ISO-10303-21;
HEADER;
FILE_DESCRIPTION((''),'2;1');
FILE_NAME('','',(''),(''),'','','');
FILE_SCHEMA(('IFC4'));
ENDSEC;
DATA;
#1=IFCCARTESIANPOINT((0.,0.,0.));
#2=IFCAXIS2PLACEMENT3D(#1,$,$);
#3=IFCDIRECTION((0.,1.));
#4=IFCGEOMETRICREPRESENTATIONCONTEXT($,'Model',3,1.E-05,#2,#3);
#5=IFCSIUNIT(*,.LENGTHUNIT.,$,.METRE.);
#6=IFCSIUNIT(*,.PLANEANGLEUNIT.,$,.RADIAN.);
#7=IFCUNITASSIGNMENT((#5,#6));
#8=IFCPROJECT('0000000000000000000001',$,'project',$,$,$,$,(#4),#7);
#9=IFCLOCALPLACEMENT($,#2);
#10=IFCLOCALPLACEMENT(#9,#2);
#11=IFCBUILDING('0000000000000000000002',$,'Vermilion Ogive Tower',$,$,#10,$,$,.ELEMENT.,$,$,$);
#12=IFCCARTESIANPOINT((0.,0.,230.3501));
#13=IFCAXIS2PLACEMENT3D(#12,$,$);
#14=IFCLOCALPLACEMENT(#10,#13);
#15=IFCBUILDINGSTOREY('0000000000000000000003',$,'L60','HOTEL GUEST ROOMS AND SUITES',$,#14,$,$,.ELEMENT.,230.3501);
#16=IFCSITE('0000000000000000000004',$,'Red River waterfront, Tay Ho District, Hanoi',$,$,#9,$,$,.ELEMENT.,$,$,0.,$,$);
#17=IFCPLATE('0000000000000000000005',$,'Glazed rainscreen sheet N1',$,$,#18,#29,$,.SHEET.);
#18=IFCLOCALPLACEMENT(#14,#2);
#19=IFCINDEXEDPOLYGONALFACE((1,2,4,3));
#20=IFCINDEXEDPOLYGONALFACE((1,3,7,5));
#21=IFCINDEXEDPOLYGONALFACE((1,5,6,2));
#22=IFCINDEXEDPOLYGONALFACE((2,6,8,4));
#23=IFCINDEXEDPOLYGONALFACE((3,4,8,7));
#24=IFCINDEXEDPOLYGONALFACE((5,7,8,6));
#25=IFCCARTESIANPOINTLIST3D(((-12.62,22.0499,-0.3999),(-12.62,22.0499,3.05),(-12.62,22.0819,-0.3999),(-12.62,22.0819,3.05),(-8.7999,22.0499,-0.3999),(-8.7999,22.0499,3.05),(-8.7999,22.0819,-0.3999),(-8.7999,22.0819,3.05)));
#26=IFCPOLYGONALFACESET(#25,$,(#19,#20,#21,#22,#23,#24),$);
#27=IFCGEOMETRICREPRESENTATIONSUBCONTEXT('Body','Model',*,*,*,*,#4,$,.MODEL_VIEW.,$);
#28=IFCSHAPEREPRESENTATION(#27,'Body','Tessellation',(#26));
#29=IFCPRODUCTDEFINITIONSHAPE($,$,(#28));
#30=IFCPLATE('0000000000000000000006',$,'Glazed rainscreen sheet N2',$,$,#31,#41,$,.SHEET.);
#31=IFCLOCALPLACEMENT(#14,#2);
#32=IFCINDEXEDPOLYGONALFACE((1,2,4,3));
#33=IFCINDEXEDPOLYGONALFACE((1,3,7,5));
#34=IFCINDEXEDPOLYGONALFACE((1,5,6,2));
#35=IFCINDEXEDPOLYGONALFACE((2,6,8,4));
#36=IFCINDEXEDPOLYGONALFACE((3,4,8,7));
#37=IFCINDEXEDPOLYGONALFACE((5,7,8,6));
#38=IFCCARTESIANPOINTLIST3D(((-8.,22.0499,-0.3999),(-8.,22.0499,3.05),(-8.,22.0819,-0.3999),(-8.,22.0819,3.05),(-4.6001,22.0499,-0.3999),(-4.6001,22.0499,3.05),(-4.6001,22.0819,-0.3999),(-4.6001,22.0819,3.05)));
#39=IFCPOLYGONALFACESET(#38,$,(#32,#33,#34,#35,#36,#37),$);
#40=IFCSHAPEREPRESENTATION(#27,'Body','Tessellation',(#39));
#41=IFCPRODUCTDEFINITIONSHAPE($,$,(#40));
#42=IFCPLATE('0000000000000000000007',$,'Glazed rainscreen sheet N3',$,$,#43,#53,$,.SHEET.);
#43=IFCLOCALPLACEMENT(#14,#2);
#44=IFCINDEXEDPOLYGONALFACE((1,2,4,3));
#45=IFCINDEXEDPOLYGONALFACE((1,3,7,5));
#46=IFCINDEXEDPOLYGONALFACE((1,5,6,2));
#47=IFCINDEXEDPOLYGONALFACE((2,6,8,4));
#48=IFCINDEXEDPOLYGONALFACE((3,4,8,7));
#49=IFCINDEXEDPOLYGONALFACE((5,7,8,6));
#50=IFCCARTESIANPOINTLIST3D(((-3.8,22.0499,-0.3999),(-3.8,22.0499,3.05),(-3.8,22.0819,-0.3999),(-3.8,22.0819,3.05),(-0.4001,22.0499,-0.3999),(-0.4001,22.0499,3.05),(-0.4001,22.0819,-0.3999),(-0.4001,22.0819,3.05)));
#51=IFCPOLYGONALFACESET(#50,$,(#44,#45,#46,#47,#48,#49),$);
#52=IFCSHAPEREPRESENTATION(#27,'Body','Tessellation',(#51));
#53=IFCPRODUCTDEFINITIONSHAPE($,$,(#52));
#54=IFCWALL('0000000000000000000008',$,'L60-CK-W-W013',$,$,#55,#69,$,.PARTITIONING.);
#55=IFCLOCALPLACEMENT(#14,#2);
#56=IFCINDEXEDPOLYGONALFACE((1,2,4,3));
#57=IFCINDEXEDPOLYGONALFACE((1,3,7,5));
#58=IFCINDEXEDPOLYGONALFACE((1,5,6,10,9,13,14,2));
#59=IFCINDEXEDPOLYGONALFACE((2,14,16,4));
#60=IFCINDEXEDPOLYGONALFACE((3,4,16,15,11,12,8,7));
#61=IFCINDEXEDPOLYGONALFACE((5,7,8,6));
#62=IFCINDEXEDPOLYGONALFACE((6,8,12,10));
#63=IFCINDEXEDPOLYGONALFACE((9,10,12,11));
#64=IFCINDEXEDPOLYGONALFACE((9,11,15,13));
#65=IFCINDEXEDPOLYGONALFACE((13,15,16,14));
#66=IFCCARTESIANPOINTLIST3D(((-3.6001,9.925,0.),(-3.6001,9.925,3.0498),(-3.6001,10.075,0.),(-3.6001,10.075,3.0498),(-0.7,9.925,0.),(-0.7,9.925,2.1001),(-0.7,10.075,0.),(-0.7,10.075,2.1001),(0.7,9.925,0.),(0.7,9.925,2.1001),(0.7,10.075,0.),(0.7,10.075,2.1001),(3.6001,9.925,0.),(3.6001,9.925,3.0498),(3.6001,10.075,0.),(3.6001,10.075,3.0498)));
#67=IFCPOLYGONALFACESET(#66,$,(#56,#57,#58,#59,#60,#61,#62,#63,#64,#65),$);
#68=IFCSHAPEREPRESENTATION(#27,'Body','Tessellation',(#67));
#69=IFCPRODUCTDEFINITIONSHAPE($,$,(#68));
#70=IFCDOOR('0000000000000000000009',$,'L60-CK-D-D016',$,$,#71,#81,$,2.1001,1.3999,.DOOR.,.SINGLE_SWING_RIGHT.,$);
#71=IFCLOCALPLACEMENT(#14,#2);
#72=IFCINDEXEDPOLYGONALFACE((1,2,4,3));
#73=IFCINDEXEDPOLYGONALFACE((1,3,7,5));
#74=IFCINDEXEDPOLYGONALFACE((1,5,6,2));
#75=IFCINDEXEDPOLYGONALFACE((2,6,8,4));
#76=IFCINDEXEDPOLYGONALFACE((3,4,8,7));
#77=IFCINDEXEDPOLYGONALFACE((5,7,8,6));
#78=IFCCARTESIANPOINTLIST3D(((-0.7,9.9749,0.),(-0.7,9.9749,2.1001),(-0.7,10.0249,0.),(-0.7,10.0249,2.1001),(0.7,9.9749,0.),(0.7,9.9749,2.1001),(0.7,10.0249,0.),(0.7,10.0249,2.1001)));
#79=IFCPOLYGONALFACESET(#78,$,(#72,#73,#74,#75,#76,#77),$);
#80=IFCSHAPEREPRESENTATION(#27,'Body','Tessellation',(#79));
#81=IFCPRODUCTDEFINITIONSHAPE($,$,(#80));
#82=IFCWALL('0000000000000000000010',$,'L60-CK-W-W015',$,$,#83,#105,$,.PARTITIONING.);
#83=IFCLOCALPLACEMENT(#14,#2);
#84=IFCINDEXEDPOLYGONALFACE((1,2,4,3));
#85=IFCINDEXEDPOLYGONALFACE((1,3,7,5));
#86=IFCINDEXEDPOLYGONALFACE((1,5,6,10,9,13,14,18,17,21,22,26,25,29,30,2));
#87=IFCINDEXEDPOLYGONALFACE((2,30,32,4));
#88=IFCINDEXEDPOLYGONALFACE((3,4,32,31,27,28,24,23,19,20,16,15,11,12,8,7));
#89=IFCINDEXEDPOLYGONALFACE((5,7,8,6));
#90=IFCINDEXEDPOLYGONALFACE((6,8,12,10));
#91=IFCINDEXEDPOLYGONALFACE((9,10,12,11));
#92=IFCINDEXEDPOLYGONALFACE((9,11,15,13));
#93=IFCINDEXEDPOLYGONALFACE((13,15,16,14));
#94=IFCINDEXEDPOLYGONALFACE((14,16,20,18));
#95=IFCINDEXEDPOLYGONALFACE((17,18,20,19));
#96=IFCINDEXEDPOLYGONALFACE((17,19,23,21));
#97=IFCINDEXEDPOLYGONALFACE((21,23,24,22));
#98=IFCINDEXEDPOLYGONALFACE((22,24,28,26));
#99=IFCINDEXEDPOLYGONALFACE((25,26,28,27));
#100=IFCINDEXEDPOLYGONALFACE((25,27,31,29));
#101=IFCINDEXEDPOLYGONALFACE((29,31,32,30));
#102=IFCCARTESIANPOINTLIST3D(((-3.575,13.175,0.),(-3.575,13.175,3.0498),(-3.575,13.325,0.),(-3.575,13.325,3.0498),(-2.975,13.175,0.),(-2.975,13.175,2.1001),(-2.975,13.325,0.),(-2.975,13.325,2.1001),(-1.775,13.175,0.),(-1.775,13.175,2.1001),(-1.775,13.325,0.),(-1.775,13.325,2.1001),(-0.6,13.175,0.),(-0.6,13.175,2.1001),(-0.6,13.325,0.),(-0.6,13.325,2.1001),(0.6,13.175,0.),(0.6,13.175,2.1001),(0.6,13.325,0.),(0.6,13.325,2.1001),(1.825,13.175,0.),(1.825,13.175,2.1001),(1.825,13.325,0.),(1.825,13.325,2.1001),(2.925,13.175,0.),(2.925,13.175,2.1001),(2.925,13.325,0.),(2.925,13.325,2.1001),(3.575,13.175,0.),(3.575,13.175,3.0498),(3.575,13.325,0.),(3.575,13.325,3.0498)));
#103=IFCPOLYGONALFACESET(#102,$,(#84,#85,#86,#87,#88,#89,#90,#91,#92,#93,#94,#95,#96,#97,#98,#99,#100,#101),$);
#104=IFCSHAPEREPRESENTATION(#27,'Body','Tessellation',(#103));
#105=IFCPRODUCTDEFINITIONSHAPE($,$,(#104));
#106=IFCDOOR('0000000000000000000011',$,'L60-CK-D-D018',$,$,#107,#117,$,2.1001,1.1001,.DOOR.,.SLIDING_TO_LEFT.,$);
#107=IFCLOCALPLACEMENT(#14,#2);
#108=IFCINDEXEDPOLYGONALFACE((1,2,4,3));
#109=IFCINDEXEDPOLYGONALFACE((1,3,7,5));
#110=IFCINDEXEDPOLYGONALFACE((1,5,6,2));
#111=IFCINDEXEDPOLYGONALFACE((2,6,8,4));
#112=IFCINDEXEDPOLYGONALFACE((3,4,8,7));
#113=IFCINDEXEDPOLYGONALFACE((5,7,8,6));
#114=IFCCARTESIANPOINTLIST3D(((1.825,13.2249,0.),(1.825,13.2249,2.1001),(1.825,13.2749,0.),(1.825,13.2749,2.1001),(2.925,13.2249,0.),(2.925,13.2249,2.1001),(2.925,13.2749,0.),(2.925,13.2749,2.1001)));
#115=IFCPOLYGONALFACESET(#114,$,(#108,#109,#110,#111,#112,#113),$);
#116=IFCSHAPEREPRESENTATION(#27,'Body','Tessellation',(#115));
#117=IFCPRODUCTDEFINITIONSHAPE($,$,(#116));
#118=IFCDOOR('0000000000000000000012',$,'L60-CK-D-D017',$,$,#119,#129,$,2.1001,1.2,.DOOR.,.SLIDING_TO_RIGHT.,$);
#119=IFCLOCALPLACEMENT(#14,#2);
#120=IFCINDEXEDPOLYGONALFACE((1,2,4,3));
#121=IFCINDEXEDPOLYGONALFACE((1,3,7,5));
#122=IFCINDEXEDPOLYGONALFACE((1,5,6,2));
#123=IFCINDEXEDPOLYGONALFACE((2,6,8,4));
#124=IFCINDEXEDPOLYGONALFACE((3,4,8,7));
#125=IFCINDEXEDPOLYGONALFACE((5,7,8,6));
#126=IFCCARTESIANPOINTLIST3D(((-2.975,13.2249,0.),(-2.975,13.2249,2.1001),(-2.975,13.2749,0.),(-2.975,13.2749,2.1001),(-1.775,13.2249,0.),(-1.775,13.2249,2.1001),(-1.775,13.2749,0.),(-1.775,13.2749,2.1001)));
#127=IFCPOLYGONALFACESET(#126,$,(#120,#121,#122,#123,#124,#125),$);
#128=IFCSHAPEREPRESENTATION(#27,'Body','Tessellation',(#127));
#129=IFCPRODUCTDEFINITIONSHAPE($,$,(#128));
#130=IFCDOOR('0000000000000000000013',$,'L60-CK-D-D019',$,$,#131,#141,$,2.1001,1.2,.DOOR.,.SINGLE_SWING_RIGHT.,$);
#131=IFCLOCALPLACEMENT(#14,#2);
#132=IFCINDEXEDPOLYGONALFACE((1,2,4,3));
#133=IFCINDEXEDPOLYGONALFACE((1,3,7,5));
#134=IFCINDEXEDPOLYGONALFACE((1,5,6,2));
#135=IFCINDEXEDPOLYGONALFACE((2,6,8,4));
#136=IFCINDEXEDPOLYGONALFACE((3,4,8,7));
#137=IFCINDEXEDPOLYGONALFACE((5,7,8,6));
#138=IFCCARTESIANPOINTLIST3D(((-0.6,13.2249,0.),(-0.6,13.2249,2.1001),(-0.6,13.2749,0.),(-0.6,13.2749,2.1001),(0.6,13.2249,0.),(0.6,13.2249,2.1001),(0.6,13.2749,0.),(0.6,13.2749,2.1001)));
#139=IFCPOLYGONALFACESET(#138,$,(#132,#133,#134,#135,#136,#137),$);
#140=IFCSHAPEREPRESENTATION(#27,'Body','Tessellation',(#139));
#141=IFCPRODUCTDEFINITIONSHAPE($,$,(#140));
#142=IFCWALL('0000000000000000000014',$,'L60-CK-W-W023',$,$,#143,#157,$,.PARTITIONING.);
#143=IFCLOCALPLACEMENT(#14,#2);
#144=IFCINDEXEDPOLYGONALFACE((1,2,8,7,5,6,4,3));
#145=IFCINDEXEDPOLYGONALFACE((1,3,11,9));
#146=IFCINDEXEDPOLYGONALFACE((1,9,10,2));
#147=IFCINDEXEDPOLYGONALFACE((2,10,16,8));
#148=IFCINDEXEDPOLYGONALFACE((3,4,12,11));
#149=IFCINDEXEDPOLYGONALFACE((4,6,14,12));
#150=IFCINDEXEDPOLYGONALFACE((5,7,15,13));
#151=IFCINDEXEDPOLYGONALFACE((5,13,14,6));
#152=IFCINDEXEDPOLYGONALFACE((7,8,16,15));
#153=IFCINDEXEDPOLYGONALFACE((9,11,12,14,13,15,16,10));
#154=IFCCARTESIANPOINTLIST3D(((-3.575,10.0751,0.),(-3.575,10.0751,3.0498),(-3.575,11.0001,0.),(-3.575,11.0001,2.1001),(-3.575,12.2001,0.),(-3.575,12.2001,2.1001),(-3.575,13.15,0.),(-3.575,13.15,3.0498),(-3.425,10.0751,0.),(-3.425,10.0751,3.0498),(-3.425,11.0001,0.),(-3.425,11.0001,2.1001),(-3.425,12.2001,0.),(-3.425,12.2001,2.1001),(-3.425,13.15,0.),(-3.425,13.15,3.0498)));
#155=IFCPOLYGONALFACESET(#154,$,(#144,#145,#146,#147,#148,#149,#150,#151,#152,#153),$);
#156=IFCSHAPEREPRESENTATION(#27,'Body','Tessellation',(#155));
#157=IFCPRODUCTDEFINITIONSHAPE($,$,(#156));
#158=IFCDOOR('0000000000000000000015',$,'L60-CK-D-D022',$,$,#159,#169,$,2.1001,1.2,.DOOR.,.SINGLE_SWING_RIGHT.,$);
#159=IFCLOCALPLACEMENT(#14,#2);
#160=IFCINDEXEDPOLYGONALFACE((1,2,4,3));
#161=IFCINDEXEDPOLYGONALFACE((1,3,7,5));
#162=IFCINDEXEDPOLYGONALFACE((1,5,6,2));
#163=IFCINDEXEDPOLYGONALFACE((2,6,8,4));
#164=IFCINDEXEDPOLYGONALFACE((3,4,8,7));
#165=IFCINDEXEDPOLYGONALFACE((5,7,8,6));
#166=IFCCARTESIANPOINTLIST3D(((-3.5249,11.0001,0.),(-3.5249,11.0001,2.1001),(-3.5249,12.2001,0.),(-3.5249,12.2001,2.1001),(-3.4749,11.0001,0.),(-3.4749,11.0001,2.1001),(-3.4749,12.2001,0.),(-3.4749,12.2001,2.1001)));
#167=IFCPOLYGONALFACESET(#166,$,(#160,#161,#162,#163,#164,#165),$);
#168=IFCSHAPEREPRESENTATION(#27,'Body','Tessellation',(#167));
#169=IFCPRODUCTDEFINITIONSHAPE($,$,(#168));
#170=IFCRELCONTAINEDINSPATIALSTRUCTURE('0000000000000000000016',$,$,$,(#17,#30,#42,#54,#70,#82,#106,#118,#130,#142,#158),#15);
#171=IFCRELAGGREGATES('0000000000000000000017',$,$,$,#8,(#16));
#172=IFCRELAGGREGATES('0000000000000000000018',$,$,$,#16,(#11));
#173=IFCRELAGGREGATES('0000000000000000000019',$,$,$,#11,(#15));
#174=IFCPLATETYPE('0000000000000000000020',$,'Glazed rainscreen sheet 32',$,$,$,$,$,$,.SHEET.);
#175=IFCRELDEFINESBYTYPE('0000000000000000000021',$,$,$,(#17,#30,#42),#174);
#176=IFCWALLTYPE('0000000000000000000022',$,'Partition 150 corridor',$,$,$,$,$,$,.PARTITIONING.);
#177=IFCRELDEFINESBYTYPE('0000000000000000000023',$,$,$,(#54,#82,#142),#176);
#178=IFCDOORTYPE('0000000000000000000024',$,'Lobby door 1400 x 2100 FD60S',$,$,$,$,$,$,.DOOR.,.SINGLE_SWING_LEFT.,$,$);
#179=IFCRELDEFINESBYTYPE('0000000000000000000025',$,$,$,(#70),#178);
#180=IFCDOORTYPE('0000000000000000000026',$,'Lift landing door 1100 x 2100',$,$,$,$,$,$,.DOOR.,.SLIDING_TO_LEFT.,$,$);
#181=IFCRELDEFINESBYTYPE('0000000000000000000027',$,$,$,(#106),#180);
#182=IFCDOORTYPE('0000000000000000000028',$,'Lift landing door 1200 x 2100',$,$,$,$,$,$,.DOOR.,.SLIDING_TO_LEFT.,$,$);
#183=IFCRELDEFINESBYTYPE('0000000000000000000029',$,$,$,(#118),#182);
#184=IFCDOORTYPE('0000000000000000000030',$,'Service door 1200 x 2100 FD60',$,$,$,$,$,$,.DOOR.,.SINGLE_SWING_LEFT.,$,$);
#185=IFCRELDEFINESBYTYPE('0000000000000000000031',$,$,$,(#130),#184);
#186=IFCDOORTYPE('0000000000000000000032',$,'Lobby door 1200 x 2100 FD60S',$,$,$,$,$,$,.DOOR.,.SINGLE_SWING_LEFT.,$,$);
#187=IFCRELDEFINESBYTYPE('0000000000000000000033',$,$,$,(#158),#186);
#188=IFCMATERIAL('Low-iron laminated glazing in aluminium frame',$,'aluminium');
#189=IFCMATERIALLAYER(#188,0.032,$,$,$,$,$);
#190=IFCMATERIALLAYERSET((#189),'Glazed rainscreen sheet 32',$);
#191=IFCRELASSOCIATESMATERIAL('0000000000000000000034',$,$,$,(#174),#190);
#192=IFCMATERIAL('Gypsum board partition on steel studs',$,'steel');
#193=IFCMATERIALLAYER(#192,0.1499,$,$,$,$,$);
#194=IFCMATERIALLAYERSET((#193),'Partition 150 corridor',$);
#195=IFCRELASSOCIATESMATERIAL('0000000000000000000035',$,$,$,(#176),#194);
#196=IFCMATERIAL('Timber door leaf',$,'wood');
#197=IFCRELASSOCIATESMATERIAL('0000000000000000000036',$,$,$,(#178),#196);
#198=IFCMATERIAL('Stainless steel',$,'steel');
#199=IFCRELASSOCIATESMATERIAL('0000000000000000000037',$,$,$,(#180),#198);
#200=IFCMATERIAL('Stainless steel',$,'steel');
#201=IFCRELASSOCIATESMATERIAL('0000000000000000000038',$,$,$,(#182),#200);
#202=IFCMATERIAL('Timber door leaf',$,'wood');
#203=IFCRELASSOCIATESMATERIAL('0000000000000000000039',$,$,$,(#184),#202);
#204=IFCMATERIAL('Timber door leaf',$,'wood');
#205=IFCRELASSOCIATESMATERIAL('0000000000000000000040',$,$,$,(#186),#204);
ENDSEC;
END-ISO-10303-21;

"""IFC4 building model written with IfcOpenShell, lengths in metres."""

from ifc_helpers import new_model, si_unit, direction, frame, frame_2d, origin, origin_2d, place, context, subcontext, project, spatial, rectangle, extrude, material, layer, layer_set, type_object, element, fill, save


model = new_model("IFC4")

# Units and contexts
model_context = context("Model", 3, precision=1e-05, world=origin(), true_north=direction((0.0, 1.0)))
body_context = subcontext(model_context, "Body", "Model", "MODEL_VIEW")
ifc_project = project(units=[si_unit("LENGTHUNIT", "METRE"), si_unit("PLANEANGLEUNIT", "RADIAN")], contexts=[model_context])

# Site, building, storey
site_placement = place(None, origin())
site = spatial("IfcSite", under=ifc_project, at=site_placement, Name="Red River waterfront, Tay Ho District, Hanoi", CompositionType="ELEMENT", RefElevation=0.0)
building_placement = place(site_placement, origin())
building = spatial("IfcBuilding", under=site, at=building_placement, Name="Vermilion Ogive Tower", CompositionType="ELEMENT")
storey_placement = place(building_placement, frame((0.0, 0.0, 230.3501)))
storey = spatial("IfcBuildingStorey", under=building, at=storey_placement, Name="L60", Description="HOTEL GUEST ROOMS AND SUITES", CompositionType="ELEMENT", Elevation=230.3501)

# Plates
ifc_material_1 = material(Name="Low-iron laminated glazing in aluminium frame", Category="aluminium")
ifc_layer_1 = layer(ifc_material_1, 0.032)
ifc_layer_set_1 = layer_set([ifc_layer_1], Name="Glazed rainscreen sheet 32")
plate_type = type_object("IfcPlateType", Name="Glazed rainscreen sheet 32", PredefinedType="SHEET", material=ifc_layer_set_1)
plate_placement = place(storey_placement, frame((-10.71, 22.0659, -0.3999), z_axis=(0.0, 0.0, 1.0), x_axis=(1.0, 0.0, 0.0)))
element("IfcPlate", 1, at=plate_placement, inside=storey, type_object=plate_type, Name="Glazed rainscreen sheet N1", PredefinedType="SHEET", context=body_context, shape_type="SweptSolid", body=[
    extrude(rectangle(XDim=3.8201, YDim=0.032, at=origin_2d()), origin(), (0.0, 0.0, 1.0), 3.45),
])
for number, where, z_axis, x_axis, name in (
    (2, (-6.3, 22.0659, -0.3999), (0.0, 0.0, 1.0), (1.0, 0.0, 0.0), "Glazed rainscreen sheet N2"),
    (3, (-2.1001, 22.0659, -0.3999), (0.0, 0.0, 1.0), (1.0, 0.0, 0.0), "Glazed rainscreen sheet N3"),
):
    element("IfcPlate", number, at=place(storey_placement, frame(where, z_axis=z_axis, x_axis=x_axis)), inside=storey, type_object=plate_type, Name=name, PredefinedType="SHEET", context=body_context, shape_type="SweptSolid", body=[
        extrude(rectangle(XDim=3.3999, YDim=0.032, at=origin_2d()), origin(), (0.0, 0.0, 1.0), 3.45),
    ])

# Wall, opening, door
ifc_material_2 = material(Name="Gypsum board partition on steel studs", Category="steel")
ifc_layer_2 = layer(ifc_material_2, 0.1499)
ifc_layer_set_2 = layer_set([ifc_layer_2], Name="Partition 150 corridor")
wall_type_1 = type_object("IfcWallType", Name="Partition 150 corridor", PredefinedType="PARTITIONING", material=ifc_layer_set_2)
wall_1_placement = place(storey_placement, frame((-3.6001, 10.0, 0.0), z_axis=(0.0, 0.0, 1.0), x_axis=(1.0, 0.0, 0.0)))
wall_1 = element("IfcWall", 4, at=wall_1_placement, inside=storey, type_object=wall_type_1, Name="L60-CK-W-W013", PredefinedType="PARTITIONING", context=body_context, shape_type="SweptSolid", body=[
    extrude(rectangle(XDim=7.2002, YDim=0.1499, at=frame_2d((3.6001, 0.0))), origin(), (0.0, 0.0, 1.0), 3.0498),
])
opening_1_placement = place(wall_1_placement, frame((2.9001, 0.0, 0.0)))
opening_1 = element("IfcOpeningElement", 5, at=opening_1_placement, cuts=wall_1, PredefinedType="OPENING", context=body_context, shape_type="SweptSolid", body=[
    extrude(rectangle(XDim=1.3999, YDim=2.1001, at=frame_2d((0.7, 1.05))), frame((0.0, 0.085, 0.0), z_axis=(0.0, -1.0, 0.0), x_axis=(1.0, 0.0, 0.0)), (0.0, 0.0, 1.0), 0.1699),
])
ifc_material_3 = material(Name="Timber door leaf", Category="wood")
door_type_1 = type_object("IfcDoorType", Name="Lobby door 1400 x 2100 FD60S", OperationType="SINGLE_SWING_LEFT", PredefinedType="DOOR", material=ifc_material_3)
door_1_placement = place(opening_1_placement, origin())
door_1 = element("IfcDoor", 6, at=door_1_placement, inside=storey, type_object=door_type_1, Name="L60-CK-D-D016", OperationType="SINGLE_SWING_RIGHT", OverallHeight=2.1001, OverallWidth=1.3999, PredefinedType="DOOR", context=body_context, shape_type="SweptSolid", body=[
    extrude(rectangle(XDim=1.3999, YDim=2.1001, at=frame_2d((0.7, 1.05))), frame((0.0, 0.0249, 0.0), z_axis=(0.0, -1.0, 0.0), x_axis=(1.0, 0.0, 0.0)), (0.0, 0.0, 1.0), 0.05),
])
fill(opening_1, door_1)

# Wall, openings, doors
wall_2_placement = place(storey_placement, frame((-3.575, 13.25, 0.0), z_axis=(0.0, 0.0, 1.0), x_axis=(1.0, 0.0, 0.0)))
wall_2 = element("IfcWall", 7, at=wall_2_placement, inside=storey, type_object=wall_type_1, Name="L60-CK-W-W015", PredefinedType="PARTITIONING", context=body_context, shape_type="SweptSolid", body=[
    extrude(rectangle(XDim=7.1499, YDim=0.1499, at=frame_2d((3.575, 0.0))), origin(), (0.0, 0.0, 1.0), 3.0498),
])
opening_2_placement = place(wall_2_placement, frame((0.5999, 0.0, 0.0)))
opening_2 = element("IfcOpeningElement", 8, at=opening_2_placement, cuts=wall_2, PredefinedType="OPENING", context=body_context, shape_type="SweptSolid", body=[
    extrude(rectangle(XDim=1.2, YDim=2.1001, at=frame_2d((0.6001, 1.05))), frame((0.0, 0.085, 0.0), z_axis=(0.0, -1.0, 0.0), x_axis=(1.0, 0.0, 0.0)), (0.0, 0.0, 1.0), 0.1699),
])
opening_3_placement = place(wall_2_placement, frame((5.3999, 0.0, 0.0)))
opening_3 = element("IfcOpeningElement", 9, at=opening_3_placement, cuts=wall_2, PredefinedType="OPENING", context=body_context, shape_type="SweptSolid", body=[
    extrude(rectangle(XDim=1.1001, YDim=2.1001, at=frame_2d((0.55, 1.05))), frame((0.0, 0.085, 0.0), z_axis=(0.0, -1.0, 0.0), x_axis=(1.0, 0.0, 0.0)), (0.0, 0.0, 1.0), 0.1699),
])
opening_4_placement = place(wall_2_placement, frame((2.9749, 0.0, 0.0)))
opening_4 = element("IfcOpeningElement", 10, at=opening_4_placement, cuts=wall_2, PredefinedType="OPENING", context=body_context, shape_type="SweptSolid", body=[
    extrude(rectangle(XDim=1.2, YDim=2.1001, at=frame_2d((0.6001, 1.05))), frame((0.0, 0.085, 0.0), z_axis=(0.0, -1.0, 0.0), x_axis=(1.0, 0.0, 0.0)), (0.0, 0.0, 1.0), 0.1699),
])
ifc_material_4 = material(Name="Stainless steel", Category="steel")
door_type_2 = type_object("IfcDoorType", Name="Lift landing door 1100 x 2100", OperationType="SLIDING_TO_LEFT", PredefinedType="DOOR", material=ifc_material_4)
door_2_placement = place(opening_3_placement, origin())
door_2 = element("IfcDoor", 11, at=door_2_placement, inside=storey, type_object=door_type_2, Name="L60-CK-D-D018", OperationType="SLIDING_TO_LEFT", OverallHeight=2.1001, OverallWidth=1.1001, PredefinedType="DOOR", context=body_context, shape_type="SweptSolid", body=[
    extrude(rectangle(XDim=1.1001, YDim=2.1001, at=frame_2d((0.55, 1.05))), frame((0.0, 0.0249, 0.0), z_axis=(0.0, -1.0, 0.0), x_axis=(1.0, 0.0, 0.0)), (0.0, 0.0, 1.0), 0.05),
])
fill(opening_3, door_2)
ifc_material_5 = material(Name="Stainless steel", Category="steel")
door_type_3 = type_object("IfcDoorType", Name="Lift landing door 1200 x 2100", OperationType="SLIDING_TO_LEFT", PredefinedType="DOOR", material=ifc_material_5)
door_3_placement = place(opening_2_placement, origin())
door_3 = element("IfcDoor", 12, at=door_3_placement, inside=storey, type_object=door_type_3, Name="L60-CK-D-D017", OperationType="SLIDING_TO_RIGHT", OverallHeight=2.1001, OverallWidth=1.2, PredefinedType="DOOR", context=body_context, shape_type="SweptSolid", body=[
    extrude(rectangle(XDim=1.2, YDim=2.1001, at=frame_2d((0.6001, 1.05))), frame((0.0, 0.0249, 0.0), z_axis=(0.0, -1.0, 0.0), x_axis=(1.0, 0.0, 0.0)), (0.0, 0.0, 1.0), 0.05),
])
fill(opening_2, door_3)
ifc_material_6 = material(Name="Timber door leaf", Category="wood")
door_type_4 = type_object("IfcDoorType", Name="Service door 1200 x 2100 FD60", OperationType="SINGLE_SWING_LEFT", PredefinedType="DOOR", material=ifc_material_6)
door_4_placement = place(opening_4_placement, origin())
door_4 = element("IfcDoor", 13, at=door_4_placement, inside=storey, type_object=door_type_4, Name="L60-CK-D-D019", OperationType="SINGLE_SWING_RIGHT", OverallHeight=2.1001, OverallWidth=1.2, PredefinedType="DOOR", context=body_context, shape_type="SweptSolid", body=[
    extrude(rectangle(XDim=1.2, YDim=2.1001, at=frame_2d((0.6001, 1.05))), frame((0.0, 0.0249, 0.0), z_axis=(0.0, -1.0, 0.0), x_axis=(1.0, 0.0, 0.0)), (0.0, 0.0, 1.0), 0.05),
])
fill(opening_4, door_4)

# Wall, opening, door
wall_3_placement = place(storey_placement, frame((-3.5, 10.075, 0.0), z_axis=(0.0, 0.0, 1.0), x_axis=(0.0, 1.0, 0.0)))
wall_3 = element("IfcWall", 14, at=wall_3_placement, inside=storey, type_object=wall_type_1, Name="L60-CK-W-W023", PredefinedType="PARTITIONING", context=body_context, shape_type="SweptSolid", body=[
    extrude(rectangle(XDim=3.075, YDim=0.1499, at=frame_2d((1.5376, 0.0))), origin(), (0.0, 0.0, 1.0), 3.0498),
])
opening_5_placement = place(wall_3_placement, frame((0.925, 0.0, 0.0)))
opening_5 = element("IfcOpeningElement", 15, at=opening_5_placement, cuts=wall_3, PredefinedType="OPENING", context=body_context, shape_type="SweptSolid", body=[
    extrude(rectangle(XDim=1.2, YDim=2.1001, at=frame_2d((0.6001, 1.05))), frame((0.0, 0.085, 0.0), z_axis=(0.0, -1.0, 0.0), x_axis=(1.0, 0.0, 0.0)), (0.0, 0.0, 1.0), 0.1699),
])
ifc_material_7 = material(Name="Timber door leaf", Category="wood")
door_type_5 = type_object("IfcDoorType", Name="Lobby door 1200 x 2100 FD60S", OperationType="SINGLE_SWING_LEFT", PredefinedType="DOOR", material=ifc_material_7)
door_5_placement = place(opening_5_placement, origin())
door_5 = element("IfcDoor", 16, at=door_5_placement, inside=storey, type_object=door_type_5, Name="L60-CK-D-D022", OperationType="SINGLE_SWING_RIGHT", OverallHeight=2.1001, OverallWidth=1.2, PredefinedType="DOOR", context=body_context, shape_type="SweptSolid", body=[
    extrude(rectangle(XDim=1.2, YDim=2.1001, at=frame_2d((0.6001, 1.05))), frame((0.0, 0.0249, 0.0), z_axis=(0.0, -1.0, 0.0), x_axis=(1.0, 0.0, 0.0)), (0.0, 0.0, 1.0), 0.05),
])
fill(opening_5, door_5)

save(model, "model.ifc")
